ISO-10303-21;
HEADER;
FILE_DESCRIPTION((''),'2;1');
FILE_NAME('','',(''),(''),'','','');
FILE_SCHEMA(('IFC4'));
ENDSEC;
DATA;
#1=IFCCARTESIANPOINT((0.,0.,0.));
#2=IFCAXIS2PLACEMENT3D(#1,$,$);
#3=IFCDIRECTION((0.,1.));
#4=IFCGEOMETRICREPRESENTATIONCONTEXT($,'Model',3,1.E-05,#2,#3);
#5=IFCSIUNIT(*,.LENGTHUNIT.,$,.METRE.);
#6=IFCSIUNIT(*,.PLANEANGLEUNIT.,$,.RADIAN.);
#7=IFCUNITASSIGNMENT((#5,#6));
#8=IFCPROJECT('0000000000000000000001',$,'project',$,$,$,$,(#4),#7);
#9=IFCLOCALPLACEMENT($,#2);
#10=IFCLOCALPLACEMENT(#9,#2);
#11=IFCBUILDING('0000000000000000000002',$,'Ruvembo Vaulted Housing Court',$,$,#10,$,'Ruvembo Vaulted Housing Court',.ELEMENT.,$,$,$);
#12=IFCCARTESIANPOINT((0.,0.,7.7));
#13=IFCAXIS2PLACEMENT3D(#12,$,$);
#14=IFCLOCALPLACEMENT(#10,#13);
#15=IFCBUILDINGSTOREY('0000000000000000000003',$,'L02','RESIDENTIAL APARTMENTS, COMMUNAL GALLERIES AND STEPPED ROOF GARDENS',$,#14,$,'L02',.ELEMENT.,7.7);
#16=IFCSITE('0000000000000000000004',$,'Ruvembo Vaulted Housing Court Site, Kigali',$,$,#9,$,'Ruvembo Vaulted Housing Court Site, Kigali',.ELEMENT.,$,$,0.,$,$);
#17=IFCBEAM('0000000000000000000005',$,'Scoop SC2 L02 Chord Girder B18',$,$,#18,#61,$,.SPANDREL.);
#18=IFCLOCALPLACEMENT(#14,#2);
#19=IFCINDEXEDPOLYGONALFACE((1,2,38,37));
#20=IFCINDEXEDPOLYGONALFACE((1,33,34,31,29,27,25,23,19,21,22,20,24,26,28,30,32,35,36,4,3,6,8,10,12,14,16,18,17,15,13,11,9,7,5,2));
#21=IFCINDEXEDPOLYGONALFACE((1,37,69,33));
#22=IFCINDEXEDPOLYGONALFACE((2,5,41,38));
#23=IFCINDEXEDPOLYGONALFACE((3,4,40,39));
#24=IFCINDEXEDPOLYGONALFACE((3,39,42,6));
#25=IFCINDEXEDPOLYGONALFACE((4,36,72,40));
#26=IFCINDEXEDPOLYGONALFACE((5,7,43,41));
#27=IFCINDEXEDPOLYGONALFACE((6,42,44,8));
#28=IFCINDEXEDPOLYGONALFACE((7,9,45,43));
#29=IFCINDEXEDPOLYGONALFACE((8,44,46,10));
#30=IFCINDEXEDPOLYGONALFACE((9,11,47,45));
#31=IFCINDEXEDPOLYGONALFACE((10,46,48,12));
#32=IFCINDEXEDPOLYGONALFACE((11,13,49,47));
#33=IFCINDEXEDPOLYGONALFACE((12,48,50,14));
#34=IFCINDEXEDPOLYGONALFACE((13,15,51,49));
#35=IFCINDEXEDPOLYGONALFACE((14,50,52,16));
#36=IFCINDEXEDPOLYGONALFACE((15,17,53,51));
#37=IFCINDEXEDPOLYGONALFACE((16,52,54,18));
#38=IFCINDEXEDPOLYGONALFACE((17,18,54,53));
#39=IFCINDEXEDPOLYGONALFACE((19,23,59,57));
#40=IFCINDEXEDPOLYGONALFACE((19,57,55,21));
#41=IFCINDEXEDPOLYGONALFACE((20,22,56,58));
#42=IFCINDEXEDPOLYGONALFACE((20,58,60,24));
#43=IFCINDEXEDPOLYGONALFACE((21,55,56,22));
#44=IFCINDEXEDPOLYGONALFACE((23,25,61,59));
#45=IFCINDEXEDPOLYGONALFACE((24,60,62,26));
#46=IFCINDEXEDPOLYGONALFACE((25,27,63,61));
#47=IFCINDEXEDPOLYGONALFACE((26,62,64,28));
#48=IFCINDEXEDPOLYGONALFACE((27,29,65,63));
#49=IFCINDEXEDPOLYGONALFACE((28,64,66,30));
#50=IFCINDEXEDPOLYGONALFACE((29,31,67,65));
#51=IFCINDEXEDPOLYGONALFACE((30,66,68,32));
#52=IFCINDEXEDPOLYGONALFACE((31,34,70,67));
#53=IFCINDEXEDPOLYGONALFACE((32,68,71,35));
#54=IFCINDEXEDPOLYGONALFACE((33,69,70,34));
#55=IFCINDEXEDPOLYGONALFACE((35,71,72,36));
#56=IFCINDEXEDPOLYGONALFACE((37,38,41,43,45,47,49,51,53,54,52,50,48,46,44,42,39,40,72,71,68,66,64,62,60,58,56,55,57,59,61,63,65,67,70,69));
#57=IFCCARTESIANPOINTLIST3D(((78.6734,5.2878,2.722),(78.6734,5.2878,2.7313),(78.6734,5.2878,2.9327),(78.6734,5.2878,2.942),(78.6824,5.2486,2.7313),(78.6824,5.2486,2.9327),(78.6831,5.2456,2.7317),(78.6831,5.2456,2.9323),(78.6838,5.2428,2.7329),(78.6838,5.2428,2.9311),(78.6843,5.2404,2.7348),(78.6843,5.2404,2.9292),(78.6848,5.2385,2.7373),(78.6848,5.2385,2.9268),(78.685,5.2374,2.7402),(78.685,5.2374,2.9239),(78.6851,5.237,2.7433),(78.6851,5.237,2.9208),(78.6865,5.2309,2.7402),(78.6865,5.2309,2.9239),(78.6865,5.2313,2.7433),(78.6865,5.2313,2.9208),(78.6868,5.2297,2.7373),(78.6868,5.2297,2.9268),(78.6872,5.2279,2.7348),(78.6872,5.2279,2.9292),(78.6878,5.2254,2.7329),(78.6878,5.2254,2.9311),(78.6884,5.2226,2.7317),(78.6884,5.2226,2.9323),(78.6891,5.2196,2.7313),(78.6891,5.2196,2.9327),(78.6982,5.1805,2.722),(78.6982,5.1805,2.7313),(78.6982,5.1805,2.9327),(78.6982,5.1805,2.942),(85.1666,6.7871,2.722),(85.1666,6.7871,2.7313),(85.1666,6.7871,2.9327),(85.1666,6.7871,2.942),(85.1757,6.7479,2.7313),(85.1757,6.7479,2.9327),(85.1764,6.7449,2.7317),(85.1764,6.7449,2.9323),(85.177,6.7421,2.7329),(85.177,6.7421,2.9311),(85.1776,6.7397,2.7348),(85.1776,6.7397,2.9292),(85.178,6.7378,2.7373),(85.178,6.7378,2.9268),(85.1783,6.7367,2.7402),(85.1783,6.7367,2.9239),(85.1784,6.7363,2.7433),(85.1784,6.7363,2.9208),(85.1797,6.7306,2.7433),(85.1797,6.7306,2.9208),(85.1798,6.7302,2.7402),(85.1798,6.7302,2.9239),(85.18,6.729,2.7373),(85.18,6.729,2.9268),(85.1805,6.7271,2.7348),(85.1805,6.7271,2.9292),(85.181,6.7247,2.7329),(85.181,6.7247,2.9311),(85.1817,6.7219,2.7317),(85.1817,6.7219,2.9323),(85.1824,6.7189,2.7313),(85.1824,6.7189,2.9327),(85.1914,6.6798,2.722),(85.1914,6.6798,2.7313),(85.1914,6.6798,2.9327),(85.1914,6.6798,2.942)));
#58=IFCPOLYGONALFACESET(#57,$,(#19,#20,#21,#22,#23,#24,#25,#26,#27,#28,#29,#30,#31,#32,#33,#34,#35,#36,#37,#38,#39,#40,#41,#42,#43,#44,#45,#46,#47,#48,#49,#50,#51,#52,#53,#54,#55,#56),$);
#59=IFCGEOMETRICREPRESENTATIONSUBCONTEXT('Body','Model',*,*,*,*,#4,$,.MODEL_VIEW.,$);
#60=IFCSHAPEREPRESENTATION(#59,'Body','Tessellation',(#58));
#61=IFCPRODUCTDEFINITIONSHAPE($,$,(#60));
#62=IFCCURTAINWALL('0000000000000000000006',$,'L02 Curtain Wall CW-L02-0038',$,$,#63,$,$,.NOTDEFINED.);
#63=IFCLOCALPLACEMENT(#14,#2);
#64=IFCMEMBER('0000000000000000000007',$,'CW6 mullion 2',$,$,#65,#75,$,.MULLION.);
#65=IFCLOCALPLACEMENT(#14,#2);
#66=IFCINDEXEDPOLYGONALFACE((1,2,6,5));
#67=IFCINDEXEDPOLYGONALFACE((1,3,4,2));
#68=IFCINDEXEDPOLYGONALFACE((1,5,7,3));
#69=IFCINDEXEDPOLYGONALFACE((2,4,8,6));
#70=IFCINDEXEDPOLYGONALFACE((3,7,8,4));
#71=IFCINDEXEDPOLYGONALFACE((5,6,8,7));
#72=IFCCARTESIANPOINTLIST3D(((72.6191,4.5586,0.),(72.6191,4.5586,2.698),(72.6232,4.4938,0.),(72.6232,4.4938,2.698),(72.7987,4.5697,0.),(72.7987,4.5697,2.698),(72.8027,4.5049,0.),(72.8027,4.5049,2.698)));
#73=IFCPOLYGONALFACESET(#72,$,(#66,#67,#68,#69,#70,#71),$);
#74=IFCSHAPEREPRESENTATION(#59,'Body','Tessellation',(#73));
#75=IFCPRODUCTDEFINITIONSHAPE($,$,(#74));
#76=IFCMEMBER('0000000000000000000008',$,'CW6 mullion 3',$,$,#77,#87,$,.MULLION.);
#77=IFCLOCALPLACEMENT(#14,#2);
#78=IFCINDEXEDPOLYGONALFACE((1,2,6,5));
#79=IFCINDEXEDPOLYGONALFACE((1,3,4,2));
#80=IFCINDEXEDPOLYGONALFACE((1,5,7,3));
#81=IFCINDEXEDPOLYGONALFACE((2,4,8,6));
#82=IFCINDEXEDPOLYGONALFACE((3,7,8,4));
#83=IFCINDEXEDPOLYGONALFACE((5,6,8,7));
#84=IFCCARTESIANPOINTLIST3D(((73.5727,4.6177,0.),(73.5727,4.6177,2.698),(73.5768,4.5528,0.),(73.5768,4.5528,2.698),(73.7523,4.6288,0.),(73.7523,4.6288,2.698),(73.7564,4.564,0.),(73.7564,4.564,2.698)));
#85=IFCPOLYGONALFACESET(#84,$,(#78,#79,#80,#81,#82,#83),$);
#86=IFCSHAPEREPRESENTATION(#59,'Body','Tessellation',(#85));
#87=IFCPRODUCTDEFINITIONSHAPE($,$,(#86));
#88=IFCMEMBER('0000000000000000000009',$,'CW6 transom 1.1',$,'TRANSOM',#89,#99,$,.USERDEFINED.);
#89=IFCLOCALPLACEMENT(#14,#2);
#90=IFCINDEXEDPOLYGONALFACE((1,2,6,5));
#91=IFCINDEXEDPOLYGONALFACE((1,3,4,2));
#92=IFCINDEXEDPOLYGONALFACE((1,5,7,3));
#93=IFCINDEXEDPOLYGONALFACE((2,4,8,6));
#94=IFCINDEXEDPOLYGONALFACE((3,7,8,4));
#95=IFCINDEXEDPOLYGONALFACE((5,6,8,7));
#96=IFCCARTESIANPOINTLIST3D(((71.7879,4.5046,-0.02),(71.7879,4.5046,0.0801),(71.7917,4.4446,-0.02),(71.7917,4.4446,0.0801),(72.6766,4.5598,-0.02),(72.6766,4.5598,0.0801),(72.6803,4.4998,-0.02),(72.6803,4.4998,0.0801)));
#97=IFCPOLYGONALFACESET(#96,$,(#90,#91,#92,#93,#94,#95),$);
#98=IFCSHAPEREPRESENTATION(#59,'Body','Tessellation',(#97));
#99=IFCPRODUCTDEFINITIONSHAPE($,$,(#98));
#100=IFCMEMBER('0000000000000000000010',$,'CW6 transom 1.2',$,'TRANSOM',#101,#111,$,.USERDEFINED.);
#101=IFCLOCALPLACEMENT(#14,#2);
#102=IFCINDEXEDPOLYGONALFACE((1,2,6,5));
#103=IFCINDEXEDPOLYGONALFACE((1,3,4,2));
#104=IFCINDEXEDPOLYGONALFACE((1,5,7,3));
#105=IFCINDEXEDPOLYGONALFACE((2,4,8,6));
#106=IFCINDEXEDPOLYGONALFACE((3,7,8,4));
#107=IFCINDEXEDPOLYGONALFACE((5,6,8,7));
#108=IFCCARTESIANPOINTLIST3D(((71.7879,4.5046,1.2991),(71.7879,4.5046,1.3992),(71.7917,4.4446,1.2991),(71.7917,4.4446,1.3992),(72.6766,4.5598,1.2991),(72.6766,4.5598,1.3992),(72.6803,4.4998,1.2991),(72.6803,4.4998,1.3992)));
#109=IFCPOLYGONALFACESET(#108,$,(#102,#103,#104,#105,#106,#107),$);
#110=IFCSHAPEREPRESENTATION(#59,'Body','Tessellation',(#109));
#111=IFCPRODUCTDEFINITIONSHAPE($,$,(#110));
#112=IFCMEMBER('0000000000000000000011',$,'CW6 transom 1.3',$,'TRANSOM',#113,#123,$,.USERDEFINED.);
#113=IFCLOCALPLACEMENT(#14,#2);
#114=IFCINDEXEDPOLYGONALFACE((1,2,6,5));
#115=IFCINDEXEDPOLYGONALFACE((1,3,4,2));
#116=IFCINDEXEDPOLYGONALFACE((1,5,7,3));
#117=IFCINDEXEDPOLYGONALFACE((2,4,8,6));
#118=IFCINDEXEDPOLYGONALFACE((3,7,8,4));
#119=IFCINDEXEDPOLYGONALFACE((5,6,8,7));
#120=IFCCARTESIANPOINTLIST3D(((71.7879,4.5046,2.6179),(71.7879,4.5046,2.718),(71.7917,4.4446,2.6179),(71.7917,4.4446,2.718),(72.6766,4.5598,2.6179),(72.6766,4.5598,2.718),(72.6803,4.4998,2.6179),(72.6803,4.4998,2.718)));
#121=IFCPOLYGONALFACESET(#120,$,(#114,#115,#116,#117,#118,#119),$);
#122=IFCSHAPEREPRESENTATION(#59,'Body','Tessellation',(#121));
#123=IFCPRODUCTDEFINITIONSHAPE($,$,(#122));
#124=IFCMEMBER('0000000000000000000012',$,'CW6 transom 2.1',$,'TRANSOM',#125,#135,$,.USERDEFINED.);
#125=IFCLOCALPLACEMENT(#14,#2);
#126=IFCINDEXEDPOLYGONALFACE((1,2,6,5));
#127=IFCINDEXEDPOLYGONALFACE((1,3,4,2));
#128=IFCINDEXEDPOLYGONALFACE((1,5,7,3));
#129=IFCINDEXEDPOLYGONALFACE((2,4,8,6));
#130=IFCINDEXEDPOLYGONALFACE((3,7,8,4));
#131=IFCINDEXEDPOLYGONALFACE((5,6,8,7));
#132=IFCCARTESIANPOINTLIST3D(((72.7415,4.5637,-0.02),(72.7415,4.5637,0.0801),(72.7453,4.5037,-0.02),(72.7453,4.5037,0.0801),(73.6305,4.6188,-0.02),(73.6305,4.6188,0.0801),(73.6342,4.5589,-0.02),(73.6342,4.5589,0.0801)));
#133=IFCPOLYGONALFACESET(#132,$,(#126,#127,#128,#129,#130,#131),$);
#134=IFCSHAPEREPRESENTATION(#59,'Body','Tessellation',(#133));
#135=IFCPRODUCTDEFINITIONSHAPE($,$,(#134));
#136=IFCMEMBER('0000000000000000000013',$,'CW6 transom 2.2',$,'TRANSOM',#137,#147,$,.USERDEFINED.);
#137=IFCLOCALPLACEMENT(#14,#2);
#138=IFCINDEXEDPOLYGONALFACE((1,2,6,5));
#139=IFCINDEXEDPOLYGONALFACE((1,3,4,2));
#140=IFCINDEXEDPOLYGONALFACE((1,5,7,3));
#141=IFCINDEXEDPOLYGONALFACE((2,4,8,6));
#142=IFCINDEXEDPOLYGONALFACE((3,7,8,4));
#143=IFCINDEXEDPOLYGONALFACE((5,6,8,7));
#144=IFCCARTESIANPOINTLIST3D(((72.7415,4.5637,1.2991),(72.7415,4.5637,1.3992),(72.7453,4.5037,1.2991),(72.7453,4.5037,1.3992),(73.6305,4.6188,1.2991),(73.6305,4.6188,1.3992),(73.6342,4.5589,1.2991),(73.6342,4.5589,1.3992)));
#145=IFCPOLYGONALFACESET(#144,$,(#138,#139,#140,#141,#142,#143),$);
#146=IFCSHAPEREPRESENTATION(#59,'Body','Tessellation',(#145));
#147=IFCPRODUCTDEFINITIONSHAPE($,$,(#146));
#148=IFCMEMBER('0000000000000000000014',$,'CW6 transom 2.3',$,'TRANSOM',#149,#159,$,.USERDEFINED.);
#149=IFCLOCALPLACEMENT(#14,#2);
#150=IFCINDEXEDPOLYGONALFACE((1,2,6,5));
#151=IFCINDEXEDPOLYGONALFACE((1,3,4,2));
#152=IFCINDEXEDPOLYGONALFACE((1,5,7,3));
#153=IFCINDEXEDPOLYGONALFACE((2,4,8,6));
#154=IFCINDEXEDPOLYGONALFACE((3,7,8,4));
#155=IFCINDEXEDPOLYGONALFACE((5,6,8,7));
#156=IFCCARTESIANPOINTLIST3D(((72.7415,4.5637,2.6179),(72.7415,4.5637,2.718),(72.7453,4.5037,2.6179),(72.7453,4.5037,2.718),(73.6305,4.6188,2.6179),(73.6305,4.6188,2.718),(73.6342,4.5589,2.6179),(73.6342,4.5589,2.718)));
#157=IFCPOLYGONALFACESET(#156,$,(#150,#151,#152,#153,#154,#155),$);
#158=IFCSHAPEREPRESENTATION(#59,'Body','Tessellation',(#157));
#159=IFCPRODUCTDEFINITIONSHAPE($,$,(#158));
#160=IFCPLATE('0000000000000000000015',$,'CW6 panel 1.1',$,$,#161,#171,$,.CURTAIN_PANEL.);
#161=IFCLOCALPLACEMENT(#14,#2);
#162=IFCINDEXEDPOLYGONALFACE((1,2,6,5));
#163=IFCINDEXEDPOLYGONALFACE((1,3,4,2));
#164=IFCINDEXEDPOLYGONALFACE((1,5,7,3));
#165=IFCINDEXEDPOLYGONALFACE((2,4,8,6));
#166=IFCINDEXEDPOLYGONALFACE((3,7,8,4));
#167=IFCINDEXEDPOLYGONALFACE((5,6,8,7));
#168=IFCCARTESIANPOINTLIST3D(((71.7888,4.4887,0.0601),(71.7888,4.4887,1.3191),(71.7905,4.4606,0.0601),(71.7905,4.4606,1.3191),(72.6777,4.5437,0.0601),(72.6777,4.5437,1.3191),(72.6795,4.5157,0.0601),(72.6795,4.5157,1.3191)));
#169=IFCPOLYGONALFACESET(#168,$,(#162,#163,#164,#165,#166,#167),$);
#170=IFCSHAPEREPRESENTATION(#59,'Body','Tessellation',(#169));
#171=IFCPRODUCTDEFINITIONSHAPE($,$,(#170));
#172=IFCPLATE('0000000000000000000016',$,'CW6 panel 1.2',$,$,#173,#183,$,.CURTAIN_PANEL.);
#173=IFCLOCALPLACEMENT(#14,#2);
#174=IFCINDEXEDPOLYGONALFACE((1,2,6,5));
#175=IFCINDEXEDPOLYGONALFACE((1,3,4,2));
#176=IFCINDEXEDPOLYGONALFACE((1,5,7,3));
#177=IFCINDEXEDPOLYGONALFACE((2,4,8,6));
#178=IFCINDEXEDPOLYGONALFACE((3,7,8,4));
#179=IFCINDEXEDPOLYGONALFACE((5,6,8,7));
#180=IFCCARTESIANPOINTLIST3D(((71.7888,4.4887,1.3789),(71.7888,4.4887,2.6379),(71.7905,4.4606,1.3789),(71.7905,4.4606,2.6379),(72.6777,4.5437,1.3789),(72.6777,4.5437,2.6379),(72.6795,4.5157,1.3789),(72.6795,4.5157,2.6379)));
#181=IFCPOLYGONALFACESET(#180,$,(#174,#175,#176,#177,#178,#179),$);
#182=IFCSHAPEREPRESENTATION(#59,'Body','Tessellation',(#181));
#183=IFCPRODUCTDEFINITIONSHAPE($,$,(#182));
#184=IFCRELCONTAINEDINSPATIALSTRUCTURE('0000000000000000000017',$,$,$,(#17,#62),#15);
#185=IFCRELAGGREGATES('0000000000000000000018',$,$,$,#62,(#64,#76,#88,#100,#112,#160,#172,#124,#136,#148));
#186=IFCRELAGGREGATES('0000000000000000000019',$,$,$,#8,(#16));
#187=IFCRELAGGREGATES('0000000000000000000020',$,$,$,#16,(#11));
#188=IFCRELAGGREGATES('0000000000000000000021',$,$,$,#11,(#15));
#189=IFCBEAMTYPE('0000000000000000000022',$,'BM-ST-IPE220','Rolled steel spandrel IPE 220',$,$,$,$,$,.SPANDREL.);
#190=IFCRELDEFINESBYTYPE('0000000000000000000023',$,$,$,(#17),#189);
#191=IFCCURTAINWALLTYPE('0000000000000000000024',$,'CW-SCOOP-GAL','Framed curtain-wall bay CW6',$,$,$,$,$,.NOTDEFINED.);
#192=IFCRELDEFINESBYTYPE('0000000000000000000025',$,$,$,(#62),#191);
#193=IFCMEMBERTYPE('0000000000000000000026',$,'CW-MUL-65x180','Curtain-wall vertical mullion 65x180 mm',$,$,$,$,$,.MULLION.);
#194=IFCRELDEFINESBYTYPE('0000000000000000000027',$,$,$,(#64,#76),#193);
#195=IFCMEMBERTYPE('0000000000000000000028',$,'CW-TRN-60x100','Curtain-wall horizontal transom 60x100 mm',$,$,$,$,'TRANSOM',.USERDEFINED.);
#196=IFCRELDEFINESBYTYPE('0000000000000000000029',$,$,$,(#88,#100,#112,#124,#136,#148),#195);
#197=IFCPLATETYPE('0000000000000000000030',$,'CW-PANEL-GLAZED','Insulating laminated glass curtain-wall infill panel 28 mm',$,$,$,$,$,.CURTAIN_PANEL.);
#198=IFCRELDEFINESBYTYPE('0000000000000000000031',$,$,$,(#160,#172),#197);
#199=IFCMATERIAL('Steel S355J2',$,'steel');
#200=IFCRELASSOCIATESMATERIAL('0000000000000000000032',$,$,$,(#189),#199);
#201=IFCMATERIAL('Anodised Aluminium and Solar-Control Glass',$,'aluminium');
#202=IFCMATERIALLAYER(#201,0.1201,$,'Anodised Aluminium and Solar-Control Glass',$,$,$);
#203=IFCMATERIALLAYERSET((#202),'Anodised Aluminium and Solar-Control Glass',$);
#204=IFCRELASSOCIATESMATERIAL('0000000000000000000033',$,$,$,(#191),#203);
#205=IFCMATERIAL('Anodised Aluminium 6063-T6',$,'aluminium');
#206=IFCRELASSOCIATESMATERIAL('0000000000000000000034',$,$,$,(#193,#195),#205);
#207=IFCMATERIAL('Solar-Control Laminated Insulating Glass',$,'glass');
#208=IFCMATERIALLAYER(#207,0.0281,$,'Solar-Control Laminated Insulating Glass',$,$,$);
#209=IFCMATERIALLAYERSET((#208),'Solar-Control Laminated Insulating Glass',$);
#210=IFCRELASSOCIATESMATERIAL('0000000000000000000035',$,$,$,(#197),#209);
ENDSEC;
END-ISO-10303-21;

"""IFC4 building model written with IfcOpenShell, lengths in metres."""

from ifc_helpers import new_model, si_unit, direction, frame, origin, origin_2d, place, context, subcontext, project, spatial, rectangle, i_section, extrude, material, layer, layer_set, material_profile, profile_set, type_object, element, aggregate, save


model = new_model("IFC4")

# Units and contexts
model_context = context("Model", 3, precision=1e-05, world=origin(), true_north=direction((0.0, 1.0)))
body_context = subcontext(model_context, "Body", "Model", "MODEL_VIEW")
ifc_project = project(units=[si_unit("LENGTHUNIT", "METRE"), si_unit("PLANEANGLEUNIT", "RADIAN")], contexts=[model_context])

# Site, building, storey
site_placement = place(None, origin())
site = spatial("IfcSite", under=ifc_project, at=site_placement, Name="Ruvembo Vaulted Housing Court Site, Kigali", LongName="Ruvembo Vaulted Housing Court Site, Kigali", CompositionType="ELEMENT", RefElevation=0.0)
building_placement = place(site_placement, origin())
building = spatial("IfcBuilding", under=site, at=building_placement, Name="Ruvembo Vaulted Housing Court", LongName="Ruvembo Vaulted Housing Court", CompositionType="ELEMENT")
storey_placement = place(building_placement, frame((0.0, 0.0, 7.7)))
storey = spatial("IfcBuildingStorey", under=building, at=storey_placement, Name="L02", Description="RESIDENTIAL APARTMENTS, COMMUNAL GALLERIES AND STEPPED ROOF GARDENS", LongName="L02", CompositionType="ELEMENT", Elevation=7.7)

# Beam
ifc_material_1 = material(Name="Steel S355J2", Category="steel")
ifc_material_profile_1 = material_profile(ifc_material_1, i_section(OverallWidth=0.1101, OverallDepth=0.22, WebThickness=0.0059, FlangeThickness=0.0093, FilletRadius=0.012, at=origin_2d()), Name="IPE 220")
ifc_profile_set_1 = profile_set([ifc_material_profile_1], Name="Steel S355J2")
beam_type_1 = type_object("IfcBeamType", Name="BM-ST-IPE220", Description="Rolled steel spandrel IPE 220", PredefinedType="SPANDREL", material=ifc_profile_set_1)
beam_1_placement = place(storey_placement, frame((78.6858, 5.2341, 2.832), z_axis=(0.974363, 0.22498, 0.0), x_axis=(-0.22498, 0.974363, 0.0)))
element("IfcBeam", 1, at=beam_1_placement, inside=storey, type_object=beam_type_1, Name="Scoop SC2 L02 Chord Girder B18", PredefinedType="SPANDREL", context=body_context, shape_type="SweptSolid", body=[
    extrude(i_section(OverallWidth=0.1101, OverallDepth=0.22, WebThickness=0.0059, FlangeThickness=0.0093, FilletRadius=0.012, at=origin_2d()), origin(), (0.0, 0.0, 1.0), 6.6641),
])

# Curtain wall, members, plates
ifc_material_2 = material(Name="Anodised Aluminium and Solar-Control Glass", Category="aluminium")
ifc_layer_1 = layer(ifc_material_2, 0.1201, Name="Anodised Aluminium and Solar-Control Glass")
ifc_layer_set_1 = layer_set([ifc_layer_1], Name="Anodised Aluminium and Solar-Control Glass")
curtain_wall_type = type_object("IfcCurtainWallType", Name="CW-SCOOP-GAL", Description="Framed curtain-wall bay CW6", PredefinedType="NOTDEFINED", material=ifc_layer_set_1)
curtain_wall_placement = place(storey_placement, origin())
curtain_wall = element("IfcCurtainWall", 2, at=curtain_wall_placement, inside=storey, type_object=curtain_wall_type, Name="L02 Curtain Wall CW-L02-0038", PredefinedType="NOTDEFINED")
ifc_material_3 = material(Name="Anodised Aluminium 6063-T6", Category="aluminium")
ifc_material_profile_2 = material_profile(ifc_material_3, rectangle(XDim=0.0649, YDim=0.1799, at=origin_2d()), Name="ALU 65x180")
ifc_profile_set_2 = profile_set([ifc_material_profile_2], Name="Anodised Aluminium 6063-T6")
member_type_1 = type_object("IfcMemberType", Name="CW-MUL-65x180", Description="Curtain-wall vertical mullion 65x180 mm", PredefinedType="MULLION", material=ifc_profile_set_2)
member_1_placement = place(storey_placement, frame((72.7109, 4.5317, 0.0), z_axis=(0.0, 0.0, 1.0), x_axis=(-0.06184, 0.998086, 0.0)))
member_1 = element("IfcMember", 3, at=member_1_placement, type_object=member_type_1, Name="CW6 mullion 2", PredefinedType="MULLION", context=body_context, shape_type="SweptSolid", body=[
    extrude(rectangle(XDim=0.0649, YDim=0.1799, at=origin_2d()), origin(), (0.0, 0.0, 1.0), 2.698),
])
member_2_placement = place(storey_placement, frame((73.6646, 4.5908, 0.0), z_axis=(0.0, 0.0, 1.0), x_axis=(-0.06184, 0.998086, 0.0)))
member_2 = element("IfcMember", 4, at=member_2_placement, type_object=member_type_1, Name="CW6 mullion 3", PredefinedType="MULLION", context=body_context, shape_type="SweptSolid", body=[
    extrude(rectangle(XDim=0.0649, YDim=0.1799, at=origin_2d()), origin(), (0.0, 0.0, 1.0), 2.698),
])
ifc_material_profile_3 = material_profile(ifc_material_3, rectangle(XDim=0.0601, YDim=0.1001, at=origin_2d()), Name="ALU 60x100")
ifc_profile_set_3 = profile_set([ifc_material_profile_3], Name="Anodised Aluminium 6063-T6")
member_type_2 = type_object("IfcMemberType", Name="CW-TRN-60x100", Description="Curtain-wall horizontal transom 60x100 mm", ElementType="TRANSOM", PredefinedType="USERDEFINED", material=ifc_profile_set_3)
member_3_placement = place(storey_placement, frame((71.7898, 4.4746, 0.03), z_axis=(0.998078, 0.061969, 0.0), x_axis=(-0.061969, 0.998078, 0.0)))
member_3 = element("IfcMember", 5, at=member_3_placement, type_object=member_type_2, Name="CW6 transom 1.1", ObjectType="TRANSOM", PredefinedType="USERDEFINED", context=body_context, shape_type="SweptSolid", body=[
    extrude(rectangle(XDim=0.0601, YDim=0.1001, at=origin_2d()), origin(), (0.0, 0.0, 1.0), 0.8904),
])
member_4_placement = place(storey_placement, frame((71.7898, 4.4746, 1.3491), z_axis=(0.998078, 0.061969, 0.0), x_axis=(-0.061969, 0.998078, 0.0)))
member_4 = element("IfcMember", 6, at=member_4_placement, type_object=member_type_2, Name="CW6 transom 1.2", ObjectType="TRANSOM", PredefinedType="USERDEFINED", context=body_context, shape_type="SweptSolid", body=[
    extrude(rectangle(XDim=0.0601, YDim=0.1001, at=origin_2d()), origin(), (0.0, 0.0, 1.0), 0.8904),
])
member_5_placement = place(storey_placement, frame((71.7898, 4.4746, 2.668), z_axis=(0.998078, 0.061969, 0.0), x_axis=(-0.061969, 0.998078, 0.0)))
member_5 = element("IfcMember", 7, at=member_5_placement, type_object=member_type_2, Name="CW6 transom 1.3", ObjectType="TRANSOM", PredefinedType="USERDEFINED", context=body_context, shape_type="SweptSolid", body=[
    extrude(rectangle(XDim=0.0601, YDim=0.1001, at=origin_2d()), origin(), (0.0, 0.0, 1.0), 0.8904),
])
member_6_placement = place(storey_placement, frame((72.7434, 4.5337, 0.03), z_axis=(0.998079, 0.061952, 0.0), x_axis=(-0.061952, 0.998079, 0.0)))
member_6 = element("IfcMember", 8, at=member_6_placement, type_object=member_type_2, Name="CW6 transom 2.1", ObjectType="TRANSOM", PredefinedType="USERDEFINED", context=body_context, shape_type="SweptSolid", body=[
    extrude(rectangle(XDim=0.0601, YDim=0.1001, at=origin_2d()), origin(), (0.0, 0.0, 1.0), 0.8906),
])
member_7_placement = place(storey_placement, frame((72.7434, 4.5337, 1.3491), z_axis=(0.998079, 0.061952, 0.0), x_axis=(-0.061952, 0.998079, 0.0)))
member_7 = element("IfcMember", 9, at=member_7_placement, type_object=member_type_2, Name="CW6 transom 2.2", ObjectType="TRANSOM", PredefinedType="USERDEFINED", context=body_context, shape_type="SweptSolid", body=[
    extrude(rectangle(XDim=0.0601, YDim=0.1001, at=origin_2d()), origin(), (0.0, 0.0, 1.0), 0.8906),
])
member_8_placement = place(storey_placement, frame((72.7434, 4.5337, 2.668), z_axis=(0.998079, 0.061952, 0.0), x_axis=(-0.061952, 0.998079, 0.0)))
member_8 = element("IfcMember", 10, at=member_8_placement, type_object=member_type_2, Name="CW6 transom 2.3", ObjectType="TRANSOM", PredefinedType="USERDEFINED", context=body_context, shape_type="SweptSolid", body=[
    extrude(rectangle(XDim=0.0601, YDim=0.1001, at=origin_2d()), origin(), (0.0, 0.0, 1.0), 0.8906),
])
ifc_material_4 = material(Name="Solar-Control Laminated Insulating Glass", Category="glass")
ifc_layer_2 = layer(ifc_material_4, 0.0281, Name="Solar-Control Laminated Insulating Glass")
ifc_layer_set_2 = layer_set([ifc_layer_2], Name="Solar-Control Laminated Insulating Glass")
plate_type = type_object("IfcPlateType", Name="CW-PANEL-GLAZED", Description="Insulating laminated glass curtain-wall infill panel 28 mm", PredefinedType="CURTAIN_PANEL", material=ifc_layer_set_2)
plate_1_placement = place(storey_placement, frame((72.2341, 4.5022, 0.0601), z_axis=(0.0, 0.0, 1.0), x_axis=(0.998086, 0.06184, 0.0)))
plate_1 = element("IfcPlate", 11, at=plate_1_placement, type_object=plate_type, Name="CW6 panel 1.1", PredefinedType="CURTAIN_PANEL", context=body_context, shape_type="SweptSolid", body=[
    extrude(rectangle(XDim=0.8906, YDim=0.0281, at=origin_2d()), origin(), (0.0, 0.0, 1.0), 1.259),
])
plate_2_placement = place(storey_placement, frame((72.2341, 4.5022, 1.3789), z_axis=(0.0, 0.0, 1.0), x_axis=(0.998086, 0.06184, 0.0)))
plate_2 = element("IfcPlate", 12, at=plate_2_placement, type_object=plate_type, Name="CW6 panel 1.2", PredefinedType="CURTAIN_PANEL", context=body_context, shape_type="SweptSolid", body=[
    extrude(rectangle(XDim=0.8906, YDim=0.0281, at=origin_2d()), origin(), (0.0, 0.0, 1.0), 1.259),
])
aggregate(curtain_wall, [member_1, member_2, member_3, member_4, member_5, plate_1, plate_2, member_6, member_7, member_8])

save(model, "model.ifc")
